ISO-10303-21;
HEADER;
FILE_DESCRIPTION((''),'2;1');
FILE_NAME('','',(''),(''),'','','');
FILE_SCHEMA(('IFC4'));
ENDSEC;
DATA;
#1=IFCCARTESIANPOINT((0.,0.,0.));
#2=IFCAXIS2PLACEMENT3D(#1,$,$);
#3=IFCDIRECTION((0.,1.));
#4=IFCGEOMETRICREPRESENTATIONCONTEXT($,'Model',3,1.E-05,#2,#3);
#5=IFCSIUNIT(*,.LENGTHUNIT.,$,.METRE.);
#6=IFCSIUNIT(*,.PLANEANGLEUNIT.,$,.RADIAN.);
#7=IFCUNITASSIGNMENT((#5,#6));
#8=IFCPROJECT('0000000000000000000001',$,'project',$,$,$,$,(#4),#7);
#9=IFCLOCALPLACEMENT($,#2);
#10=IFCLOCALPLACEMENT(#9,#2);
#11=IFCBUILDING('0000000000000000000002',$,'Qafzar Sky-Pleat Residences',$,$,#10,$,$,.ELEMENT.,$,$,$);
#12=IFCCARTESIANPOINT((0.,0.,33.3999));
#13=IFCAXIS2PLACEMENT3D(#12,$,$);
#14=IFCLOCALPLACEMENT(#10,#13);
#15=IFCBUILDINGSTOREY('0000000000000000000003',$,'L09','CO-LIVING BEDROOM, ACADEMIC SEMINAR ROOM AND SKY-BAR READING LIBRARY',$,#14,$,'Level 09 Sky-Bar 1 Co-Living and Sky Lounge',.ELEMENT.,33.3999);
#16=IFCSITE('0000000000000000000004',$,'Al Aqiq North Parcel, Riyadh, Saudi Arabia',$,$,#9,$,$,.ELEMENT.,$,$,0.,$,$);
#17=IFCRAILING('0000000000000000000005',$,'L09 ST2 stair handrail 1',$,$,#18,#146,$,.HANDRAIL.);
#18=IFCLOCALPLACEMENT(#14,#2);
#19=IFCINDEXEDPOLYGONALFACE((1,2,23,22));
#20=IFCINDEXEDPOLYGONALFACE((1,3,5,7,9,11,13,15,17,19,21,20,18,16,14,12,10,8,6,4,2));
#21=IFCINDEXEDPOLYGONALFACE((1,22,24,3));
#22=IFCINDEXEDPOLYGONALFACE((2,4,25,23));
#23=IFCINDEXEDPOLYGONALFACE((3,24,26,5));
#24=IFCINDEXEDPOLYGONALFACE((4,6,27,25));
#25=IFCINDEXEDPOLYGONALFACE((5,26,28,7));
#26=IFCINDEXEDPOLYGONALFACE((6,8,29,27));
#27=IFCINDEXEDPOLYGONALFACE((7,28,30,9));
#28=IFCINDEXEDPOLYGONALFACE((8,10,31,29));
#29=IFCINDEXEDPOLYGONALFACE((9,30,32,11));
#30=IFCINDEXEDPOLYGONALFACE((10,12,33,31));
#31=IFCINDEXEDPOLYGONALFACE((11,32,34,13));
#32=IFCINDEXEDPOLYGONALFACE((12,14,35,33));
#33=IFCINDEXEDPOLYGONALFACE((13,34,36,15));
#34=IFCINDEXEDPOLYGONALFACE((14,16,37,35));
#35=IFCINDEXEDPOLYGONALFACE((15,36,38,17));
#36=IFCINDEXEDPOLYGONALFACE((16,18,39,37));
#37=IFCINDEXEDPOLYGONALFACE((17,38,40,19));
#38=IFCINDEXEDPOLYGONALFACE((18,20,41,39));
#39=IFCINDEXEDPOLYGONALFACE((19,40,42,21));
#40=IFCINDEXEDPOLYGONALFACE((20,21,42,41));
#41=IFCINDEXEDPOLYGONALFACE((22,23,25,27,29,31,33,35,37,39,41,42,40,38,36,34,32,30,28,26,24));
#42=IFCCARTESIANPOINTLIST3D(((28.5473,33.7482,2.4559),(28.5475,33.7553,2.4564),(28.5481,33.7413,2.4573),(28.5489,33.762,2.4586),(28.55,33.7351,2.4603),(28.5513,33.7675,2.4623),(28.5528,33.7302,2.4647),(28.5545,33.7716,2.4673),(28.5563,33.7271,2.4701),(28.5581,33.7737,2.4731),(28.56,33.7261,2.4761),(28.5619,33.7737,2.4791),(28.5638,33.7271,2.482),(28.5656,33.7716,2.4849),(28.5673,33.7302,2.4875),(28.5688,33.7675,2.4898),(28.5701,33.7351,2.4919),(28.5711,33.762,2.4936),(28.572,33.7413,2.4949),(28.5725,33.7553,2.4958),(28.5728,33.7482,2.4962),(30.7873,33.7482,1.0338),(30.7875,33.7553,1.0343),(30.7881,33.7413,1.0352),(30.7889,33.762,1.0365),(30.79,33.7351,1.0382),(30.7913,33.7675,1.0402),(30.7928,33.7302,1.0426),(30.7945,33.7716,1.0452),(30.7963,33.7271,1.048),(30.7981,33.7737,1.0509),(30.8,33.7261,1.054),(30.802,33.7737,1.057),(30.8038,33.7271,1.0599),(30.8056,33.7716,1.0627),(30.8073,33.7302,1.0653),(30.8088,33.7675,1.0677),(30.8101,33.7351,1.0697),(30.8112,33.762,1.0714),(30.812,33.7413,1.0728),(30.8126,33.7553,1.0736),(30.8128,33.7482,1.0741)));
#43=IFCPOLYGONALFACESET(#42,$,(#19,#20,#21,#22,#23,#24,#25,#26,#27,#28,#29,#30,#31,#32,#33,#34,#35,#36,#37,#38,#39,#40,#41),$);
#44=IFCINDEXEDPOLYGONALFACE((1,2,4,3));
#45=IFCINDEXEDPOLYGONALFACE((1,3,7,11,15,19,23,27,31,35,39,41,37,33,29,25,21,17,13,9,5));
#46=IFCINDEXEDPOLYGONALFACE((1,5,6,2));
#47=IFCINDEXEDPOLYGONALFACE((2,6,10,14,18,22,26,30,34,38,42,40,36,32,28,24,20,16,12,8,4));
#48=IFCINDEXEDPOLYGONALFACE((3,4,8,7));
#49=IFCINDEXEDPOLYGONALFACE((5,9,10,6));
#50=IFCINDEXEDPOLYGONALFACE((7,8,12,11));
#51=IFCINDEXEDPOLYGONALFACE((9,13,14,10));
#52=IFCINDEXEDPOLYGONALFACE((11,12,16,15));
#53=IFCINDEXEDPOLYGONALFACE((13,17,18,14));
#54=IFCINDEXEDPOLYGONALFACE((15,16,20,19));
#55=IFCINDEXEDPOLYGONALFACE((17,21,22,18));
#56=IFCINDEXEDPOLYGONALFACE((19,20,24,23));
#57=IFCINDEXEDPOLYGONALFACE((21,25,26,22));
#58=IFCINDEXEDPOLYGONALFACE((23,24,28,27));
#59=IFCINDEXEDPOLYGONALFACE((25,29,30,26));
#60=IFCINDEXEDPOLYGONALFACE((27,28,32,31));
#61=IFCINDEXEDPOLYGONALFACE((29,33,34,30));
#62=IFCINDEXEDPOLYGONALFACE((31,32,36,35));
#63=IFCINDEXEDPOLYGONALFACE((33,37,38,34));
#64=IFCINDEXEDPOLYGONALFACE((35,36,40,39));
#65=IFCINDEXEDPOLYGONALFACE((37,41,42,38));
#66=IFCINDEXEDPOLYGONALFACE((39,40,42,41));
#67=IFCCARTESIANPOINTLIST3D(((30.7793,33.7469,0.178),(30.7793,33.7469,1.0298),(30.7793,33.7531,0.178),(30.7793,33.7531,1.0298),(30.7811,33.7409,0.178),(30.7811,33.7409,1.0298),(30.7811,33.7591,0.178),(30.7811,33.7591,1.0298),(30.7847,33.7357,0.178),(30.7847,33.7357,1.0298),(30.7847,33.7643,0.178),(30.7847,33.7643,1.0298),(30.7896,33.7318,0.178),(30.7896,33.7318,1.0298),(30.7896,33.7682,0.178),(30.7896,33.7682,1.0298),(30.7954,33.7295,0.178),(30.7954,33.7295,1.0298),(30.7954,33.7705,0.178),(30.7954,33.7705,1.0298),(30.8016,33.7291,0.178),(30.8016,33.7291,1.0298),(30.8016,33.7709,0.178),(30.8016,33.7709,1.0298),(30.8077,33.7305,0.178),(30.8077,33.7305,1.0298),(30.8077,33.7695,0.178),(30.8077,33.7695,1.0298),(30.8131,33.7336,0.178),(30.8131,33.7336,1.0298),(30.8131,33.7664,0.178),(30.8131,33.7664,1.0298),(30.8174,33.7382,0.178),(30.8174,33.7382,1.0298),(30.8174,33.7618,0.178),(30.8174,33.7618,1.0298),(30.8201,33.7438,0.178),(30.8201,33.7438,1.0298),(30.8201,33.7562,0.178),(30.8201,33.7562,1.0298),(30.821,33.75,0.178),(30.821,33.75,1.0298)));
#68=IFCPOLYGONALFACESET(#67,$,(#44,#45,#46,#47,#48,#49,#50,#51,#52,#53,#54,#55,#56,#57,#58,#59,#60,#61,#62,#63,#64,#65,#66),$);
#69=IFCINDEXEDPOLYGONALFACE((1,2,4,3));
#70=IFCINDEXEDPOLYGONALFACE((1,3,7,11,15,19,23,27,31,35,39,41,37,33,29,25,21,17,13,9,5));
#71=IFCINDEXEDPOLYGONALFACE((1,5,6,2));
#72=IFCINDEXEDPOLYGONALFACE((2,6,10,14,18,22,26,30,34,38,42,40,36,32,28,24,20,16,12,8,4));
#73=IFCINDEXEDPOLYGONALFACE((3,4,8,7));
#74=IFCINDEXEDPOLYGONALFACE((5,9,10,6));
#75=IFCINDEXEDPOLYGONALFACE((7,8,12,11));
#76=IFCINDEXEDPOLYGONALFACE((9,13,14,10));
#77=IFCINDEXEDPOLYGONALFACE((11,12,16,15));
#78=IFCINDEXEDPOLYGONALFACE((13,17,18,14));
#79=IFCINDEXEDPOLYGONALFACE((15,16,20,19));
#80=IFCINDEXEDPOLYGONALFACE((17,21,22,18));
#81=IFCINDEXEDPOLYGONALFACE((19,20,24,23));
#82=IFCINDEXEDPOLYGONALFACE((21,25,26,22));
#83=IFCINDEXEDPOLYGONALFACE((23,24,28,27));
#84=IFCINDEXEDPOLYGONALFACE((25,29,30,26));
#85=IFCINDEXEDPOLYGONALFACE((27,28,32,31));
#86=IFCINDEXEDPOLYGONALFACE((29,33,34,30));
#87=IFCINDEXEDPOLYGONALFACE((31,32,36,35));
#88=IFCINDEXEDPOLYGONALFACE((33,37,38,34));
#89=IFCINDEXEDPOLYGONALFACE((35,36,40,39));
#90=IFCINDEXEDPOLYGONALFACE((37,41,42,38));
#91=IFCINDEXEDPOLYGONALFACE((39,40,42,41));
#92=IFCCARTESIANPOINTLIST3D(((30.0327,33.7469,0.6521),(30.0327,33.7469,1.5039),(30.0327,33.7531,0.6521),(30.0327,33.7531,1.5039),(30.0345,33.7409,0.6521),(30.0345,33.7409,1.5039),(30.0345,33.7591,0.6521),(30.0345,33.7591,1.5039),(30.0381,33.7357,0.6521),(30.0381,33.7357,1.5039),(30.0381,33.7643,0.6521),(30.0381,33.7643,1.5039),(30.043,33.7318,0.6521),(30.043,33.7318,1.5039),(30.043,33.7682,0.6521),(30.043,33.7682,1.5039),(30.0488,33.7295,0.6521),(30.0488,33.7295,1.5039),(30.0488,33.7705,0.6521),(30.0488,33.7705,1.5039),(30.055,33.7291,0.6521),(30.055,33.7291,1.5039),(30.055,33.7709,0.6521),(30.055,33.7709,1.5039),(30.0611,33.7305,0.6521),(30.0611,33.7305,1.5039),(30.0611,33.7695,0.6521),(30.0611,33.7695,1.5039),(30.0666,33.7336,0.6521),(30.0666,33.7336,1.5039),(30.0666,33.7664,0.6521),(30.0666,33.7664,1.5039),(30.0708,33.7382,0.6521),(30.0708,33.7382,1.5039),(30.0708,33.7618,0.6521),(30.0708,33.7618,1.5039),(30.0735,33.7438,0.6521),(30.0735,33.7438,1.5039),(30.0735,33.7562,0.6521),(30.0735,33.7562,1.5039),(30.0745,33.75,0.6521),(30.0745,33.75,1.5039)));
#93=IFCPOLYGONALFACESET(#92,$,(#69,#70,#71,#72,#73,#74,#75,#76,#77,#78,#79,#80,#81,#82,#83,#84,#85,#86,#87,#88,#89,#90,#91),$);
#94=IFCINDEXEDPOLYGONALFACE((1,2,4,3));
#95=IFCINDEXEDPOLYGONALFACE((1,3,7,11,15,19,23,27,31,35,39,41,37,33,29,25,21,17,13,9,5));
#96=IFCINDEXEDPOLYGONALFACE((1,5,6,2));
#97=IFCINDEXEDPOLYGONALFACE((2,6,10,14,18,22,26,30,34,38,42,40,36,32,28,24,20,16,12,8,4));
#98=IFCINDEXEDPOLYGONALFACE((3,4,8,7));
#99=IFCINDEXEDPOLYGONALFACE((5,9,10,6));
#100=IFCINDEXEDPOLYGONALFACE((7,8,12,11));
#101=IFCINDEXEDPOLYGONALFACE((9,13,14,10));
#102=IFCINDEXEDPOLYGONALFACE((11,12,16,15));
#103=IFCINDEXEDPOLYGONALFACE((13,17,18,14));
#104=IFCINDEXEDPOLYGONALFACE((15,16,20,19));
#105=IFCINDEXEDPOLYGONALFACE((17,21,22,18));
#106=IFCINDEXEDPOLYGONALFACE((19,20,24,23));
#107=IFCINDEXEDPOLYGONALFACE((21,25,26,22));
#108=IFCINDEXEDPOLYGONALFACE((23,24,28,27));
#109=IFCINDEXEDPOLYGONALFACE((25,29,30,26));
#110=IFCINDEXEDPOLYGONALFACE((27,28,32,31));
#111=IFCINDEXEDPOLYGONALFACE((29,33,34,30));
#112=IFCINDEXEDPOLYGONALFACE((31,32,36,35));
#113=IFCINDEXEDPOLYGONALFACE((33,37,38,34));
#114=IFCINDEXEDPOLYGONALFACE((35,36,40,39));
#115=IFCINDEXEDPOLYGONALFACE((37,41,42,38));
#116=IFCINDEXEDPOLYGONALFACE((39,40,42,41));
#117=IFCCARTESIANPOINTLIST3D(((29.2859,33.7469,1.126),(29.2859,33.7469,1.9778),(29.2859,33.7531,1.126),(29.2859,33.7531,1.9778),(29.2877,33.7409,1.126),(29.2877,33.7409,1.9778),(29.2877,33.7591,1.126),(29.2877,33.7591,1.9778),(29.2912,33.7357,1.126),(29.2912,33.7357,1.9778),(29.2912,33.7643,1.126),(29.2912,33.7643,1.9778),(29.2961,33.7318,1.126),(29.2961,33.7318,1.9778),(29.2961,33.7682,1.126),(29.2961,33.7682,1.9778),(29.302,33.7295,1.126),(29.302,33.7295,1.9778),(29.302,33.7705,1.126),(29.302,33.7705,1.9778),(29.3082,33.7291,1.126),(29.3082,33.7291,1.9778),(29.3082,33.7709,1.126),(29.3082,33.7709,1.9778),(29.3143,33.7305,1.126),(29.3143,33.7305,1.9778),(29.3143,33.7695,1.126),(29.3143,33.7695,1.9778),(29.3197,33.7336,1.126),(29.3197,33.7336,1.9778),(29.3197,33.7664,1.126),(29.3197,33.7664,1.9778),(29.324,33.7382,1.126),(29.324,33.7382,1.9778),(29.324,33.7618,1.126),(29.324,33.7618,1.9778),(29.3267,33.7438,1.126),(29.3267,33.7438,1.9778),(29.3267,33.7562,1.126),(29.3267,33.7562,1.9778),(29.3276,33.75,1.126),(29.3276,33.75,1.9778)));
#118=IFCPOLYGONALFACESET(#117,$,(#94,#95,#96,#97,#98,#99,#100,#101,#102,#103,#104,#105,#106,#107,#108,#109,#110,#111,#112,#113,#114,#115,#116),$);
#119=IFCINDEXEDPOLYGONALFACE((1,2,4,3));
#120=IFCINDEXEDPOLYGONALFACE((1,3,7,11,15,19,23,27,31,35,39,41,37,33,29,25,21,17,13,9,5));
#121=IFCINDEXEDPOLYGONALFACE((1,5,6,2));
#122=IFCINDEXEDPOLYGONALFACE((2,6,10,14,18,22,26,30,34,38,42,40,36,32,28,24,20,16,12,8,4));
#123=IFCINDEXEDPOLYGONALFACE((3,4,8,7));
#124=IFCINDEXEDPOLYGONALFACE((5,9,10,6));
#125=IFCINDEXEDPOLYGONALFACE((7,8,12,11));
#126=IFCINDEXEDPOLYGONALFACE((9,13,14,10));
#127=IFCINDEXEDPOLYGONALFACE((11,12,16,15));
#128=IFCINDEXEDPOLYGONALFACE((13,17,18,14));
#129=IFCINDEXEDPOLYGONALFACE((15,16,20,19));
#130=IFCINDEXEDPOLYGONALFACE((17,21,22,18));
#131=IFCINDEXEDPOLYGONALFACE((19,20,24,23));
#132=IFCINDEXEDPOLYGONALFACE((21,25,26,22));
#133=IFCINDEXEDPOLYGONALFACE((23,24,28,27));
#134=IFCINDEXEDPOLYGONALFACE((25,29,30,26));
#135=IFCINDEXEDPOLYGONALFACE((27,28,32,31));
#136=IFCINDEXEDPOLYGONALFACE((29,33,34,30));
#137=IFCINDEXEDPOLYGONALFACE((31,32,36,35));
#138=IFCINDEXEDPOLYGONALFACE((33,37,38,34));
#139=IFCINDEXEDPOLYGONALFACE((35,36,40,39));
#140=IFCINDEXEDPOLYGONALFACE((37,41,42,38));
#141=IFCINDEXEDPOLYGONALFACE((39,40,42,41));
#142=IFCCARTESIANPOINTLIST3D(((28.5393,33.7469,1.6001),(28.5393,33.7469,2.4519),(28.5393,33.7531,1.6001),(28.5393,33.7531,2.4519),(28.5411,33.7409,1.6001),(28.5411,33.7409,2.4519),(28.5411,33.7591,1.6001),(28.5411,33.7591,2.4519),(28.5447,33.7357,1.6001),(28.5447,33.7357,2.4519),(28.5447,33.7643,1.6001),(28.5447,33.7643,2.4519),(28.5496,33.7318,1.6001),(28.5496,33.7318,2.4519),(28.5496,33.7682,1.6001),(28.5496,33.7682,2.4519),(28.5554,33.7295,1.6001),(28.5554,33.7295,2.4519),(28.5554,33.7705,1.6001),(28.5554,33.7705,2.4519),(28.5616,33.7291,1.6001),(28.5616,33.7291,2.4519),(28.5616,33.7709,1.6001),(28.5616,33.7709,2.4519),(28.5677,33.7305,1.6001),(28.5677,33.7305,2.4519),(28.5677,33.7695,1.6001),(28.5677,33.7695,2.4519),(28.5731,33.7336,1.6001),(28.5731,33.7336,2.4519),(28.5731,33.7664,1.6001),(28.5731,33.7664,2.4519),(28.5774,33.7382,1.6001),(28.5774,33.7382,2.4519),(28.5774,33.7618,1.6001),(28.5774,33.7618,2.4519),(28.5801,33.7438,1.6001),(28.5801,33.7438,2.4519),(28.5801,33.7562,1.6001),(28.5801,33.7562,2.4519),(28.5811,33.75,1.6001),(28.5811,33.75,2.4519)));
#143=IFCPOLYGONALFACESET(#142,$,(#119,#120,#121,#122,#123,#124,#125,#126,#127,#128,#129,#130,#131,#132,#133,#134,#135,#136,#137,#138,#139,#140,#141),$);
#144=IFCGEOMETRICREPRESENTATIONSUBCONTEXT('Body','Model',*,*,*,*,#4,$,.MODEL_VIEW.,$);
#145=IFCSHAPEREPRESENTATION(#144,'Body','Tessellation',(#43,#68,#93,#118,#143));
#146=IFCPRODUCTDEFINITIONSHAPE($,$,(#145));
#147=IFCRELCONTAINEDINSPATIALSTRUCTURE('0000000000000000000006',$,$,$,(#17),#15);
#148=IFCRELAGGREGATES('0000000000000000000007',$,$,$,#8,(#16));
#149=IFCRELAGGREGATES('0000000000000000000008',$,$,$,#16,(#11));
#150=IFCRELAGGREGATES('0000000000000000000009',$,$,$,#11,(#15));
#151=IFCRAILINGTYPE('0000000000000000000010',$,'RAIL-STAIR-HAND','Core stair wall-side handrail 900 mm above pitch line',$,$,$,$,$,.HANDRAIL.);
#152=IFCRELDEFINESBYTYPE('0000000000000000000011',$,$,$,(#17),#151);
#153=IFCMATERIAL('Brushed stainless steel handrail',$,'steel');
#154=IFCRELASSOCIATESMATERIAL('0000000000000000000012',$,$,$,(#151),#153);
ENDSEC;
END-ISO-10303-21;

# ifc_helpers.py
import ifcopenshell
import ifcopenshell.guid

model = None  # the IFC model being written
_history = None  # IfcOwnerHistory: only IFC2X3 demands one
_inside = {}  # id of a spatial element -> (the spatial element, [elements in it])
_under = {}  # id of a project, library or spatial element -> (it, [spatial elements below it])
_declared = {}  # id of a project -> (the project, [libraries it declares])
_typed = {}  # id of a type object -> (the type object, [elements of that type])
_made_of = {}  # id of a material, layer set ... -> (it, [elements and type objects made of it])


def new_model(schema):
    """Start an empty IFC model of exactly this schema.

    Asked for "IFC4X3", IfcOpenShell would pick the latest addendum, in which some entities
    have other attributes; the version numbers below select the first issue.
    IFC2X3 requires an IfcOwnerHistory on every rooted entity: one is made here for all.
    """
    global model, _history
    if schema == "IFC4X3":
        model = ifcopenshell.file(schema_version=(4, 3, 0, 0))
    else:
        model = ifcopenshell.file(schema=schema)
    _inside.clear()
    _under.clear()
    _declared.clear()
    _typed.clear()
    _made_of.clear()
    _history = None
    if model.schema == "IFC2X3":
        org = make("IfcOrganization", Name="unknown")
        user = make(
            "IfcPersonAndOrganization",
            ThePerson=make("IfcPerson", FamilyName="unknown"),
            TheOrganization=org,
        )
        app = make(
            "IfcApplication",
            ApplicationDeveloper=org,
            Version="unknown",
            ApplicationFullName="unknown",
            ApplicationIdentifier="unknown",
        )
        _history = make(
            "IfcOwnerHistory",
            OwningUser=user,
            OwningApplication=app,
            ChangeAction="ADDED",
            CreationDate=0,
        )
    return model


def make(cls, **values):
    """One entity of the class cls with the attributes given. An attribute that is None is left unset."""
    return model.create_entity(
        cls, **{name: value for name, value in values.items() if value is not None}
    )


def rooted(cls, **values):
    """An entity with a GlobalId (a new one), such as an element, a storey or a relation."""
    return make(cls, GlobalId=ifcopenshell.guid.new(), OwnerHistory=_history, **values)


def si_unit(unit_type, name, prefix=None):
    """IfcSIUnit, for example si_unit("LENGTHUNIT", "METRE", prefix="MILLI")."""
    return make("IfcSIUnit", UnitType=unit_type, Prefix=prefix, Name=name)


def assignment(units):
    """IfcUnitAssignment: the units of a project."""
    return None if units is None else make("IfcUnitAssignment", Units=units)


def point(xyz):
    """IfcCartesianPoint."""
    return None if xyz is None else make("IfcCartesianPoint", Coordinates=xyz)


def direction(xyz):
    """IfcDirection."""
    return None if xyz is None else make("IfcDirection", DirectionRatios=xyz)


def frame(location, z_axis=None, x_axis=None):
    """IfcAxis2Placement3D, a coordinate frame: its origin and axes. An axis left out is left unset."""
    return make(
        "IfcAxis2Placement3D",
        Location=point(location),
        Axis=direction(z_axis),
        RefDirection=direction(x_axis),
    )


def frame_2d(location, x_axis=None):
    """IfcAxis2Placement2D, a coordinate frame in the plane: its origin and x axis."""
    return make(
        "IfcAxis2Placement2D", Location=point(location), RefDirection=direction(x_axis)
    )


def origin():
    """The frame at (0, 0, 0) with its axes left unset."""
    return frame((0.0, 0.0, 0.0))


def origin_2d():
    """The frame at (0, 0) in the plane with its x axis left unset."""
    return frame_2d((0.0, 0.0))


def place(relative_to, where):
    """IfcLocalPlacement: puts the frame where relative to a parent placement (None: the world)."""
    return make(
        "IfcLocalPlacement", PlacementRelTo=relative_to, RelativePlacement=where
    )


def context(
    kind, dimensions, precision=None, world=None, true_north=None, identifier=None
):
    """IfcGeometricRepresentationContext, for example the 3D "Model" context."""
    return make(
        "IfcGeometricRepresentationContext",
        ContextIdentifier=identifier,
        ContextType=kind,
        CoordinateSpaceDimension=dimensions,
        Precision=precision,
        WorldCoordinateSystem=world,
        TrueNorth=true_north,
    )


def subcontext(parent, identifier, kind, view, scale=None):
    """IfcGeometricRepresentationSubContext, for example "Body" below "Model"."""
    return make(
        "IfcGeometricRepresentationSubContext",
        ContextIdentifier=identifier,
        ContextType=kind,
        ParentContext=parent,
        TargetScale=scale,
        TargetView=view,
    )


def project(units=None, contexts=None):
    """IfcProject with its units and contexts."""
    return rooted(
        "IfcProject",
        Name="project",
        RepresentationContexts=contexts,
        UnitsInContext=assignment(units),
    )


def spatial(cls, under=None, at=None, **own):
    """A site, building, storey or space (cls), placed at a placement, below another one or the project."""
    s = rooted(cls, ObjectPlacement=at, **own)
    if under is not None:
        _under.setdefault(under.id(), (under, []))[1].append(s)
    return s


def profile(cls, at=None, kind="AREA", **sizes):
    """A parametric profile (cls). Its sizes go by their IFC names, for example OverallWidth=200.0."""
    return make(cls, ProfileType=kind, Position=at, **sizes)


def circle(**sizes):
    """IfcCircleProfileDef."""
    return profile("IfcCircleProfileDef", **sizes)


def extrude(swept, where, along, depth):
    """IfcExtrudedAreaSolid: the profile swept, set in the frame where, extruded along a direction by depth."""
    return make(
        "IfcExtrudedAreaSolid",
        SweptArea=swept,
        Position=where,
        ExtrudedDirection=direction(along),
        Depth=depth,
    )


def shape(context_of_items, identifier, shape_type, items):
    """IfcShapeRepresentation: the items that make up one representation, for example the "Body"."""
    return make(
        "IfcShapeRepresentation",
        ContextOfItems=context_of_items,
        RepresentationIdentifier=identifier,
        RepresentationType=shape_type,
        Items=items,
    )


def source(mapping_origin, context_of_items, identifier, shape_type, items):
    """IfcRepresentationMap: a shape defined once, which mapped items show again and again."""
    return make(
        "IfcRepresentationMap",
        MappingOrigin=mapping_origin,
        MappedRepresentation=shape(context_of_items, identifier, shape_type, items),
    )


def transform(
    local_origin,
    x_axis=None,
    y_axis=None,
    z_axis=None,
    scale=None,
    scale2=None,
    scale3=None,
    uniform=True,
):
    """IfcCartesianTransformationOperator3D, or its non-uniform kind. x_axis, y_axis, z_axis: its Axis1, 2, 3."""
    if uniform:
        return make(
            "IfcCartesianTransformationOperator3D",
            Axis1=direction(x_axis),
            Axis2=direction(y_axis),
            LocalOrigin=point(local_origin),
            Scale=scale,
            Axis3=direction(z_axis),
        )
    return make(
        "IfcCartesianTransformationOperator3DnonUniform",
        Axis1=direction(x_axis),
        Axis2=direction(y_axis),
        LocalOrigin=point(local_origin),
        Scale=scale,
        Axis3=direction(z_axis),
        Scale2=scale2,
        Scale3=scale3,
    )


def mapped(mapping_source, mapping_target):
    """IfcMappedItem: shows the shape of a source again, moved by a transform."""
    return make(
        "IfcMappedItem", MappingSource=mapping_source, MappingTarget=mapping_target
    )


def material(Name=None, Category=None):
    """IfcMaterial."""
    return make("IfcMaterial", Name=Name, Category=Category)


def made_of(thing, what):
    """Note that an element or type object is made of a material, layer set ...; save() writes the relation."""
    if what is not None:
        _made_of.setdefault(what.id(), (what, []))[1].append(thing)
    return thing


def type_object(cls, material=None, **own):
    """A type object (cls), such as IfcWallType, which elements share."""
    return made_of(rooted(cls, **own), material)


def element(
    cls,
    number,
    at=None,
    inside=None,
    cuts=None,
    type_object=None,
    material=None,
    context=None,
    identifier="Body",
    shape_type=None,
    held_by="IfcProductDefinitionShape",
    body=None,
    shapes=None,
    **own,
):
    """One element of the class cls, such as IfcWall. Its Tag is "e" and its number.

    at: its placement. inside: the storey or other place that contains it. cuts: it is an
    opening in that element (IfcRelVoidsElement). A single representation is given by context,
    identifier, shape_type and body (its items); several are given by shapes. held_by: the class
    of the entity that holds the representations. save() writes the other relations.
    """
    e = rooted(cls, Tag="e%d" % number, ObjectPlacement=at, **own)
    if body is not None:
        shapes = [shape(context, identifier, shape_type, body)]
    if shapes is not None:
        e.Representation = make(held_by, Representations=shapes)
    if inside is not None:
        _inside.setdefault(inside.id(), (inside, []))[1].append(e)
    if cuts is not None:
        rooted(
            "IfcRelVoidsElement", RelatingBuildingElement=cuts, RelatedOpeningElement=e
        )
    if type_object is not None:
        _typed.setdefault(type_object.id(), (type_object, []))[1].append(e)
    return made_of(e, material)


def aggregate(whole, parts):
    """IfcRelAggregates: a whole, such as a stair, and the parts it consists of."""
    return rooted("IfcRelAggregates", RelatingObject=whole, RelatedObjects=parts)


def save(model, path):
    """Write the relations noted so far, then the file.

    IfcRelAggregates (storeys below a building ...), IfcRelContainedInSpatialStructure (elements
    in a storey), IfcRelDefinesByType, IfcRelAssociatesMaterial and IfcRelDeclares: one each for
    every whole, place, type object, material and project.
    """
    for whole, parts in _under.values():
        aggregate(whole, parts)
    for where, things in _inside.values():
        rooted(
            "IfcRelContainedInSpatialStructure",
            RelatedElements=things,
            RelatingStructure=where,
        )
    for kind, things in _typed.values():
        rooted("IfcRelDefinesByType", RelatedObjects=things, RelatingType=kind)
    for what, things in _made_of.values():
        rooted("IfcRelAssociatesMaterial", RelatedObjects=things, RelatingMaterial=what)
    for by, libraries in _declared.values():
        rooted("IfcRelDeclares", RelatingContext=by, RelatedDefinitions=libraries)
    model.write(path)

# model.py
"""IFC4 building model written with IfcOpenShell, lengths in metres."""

from ifc_helpers import new_model, si_unit, direction, frame, origin, origin_2d, place, context, subcontext, project, spatial, circle, extrude, source, transform, mapped, material, type_object, element, save


model = new_model("IFC4")

# Units and contexts
model_context = context("Model", 3, precision=1e-05, world=origin(), true_north=direction((0.0, 1.0)))
body_context = subcontext(model_context, "Body", "Model", "MODEL_VIEW")
ifc_project = project(units=[si_unit("LENGTHUNIT", "METRE"), si_unit("PLANEANGLEUNIT", "RADIAN")], contexts=[model_context])

# Site, building, storey
site_placement = place(None, origin())
site = spatial("IfcSite", under=ifc_project, at=site_placement, Name="Al Aqiq North Parcel, Riyadh, Saudi Arabia", CompositionType="ELEMENT", RefElevation=0.0)
building_placement = place(site_placement, origin())
building = spatial("IfcBuilding", under=site, at=building_placement, Name="Qafzar Sky-Pleat Residences", CompositionType="ELEMENT")
storey_placement = place(building_placement, frame((0.0, 0.0, 33.3999)))
storey = spatial("IfcBuildingStorey", under=building, at=storey_placement, Name="L09", Description="CO-LIVING BEDROOM, ACADEMIC SEMINAR ROOM AND SKY-BAR READING LIBRARY", LongName="Level 09 Sky-Bar 1 Co-Living and Sky Lounge", CompositionType="ELEMENT", Elevation=33.3999)

# Railing
ifc_material_1 = material(Name="Brushed stainless steel handrail", Category="steel")
railing_type_1 = type_object("IfcRailingType", Name="RAIL-STAIR-HAND", Description="Core stair wall-side handrail 900 mm above pitch line", PredefinedType="HANDRAIL", material=ifc_material_1)
shared_shape_1 = source(origin(), body_context, "Body", "SweptSolid", [
    extrude(circle(Radius=0.0239, at=origin_2d()), frame((0.0, 0.0, 0.876), z_axis=(-0.844229, 0.0, 0.535982), x_axis=(0.0, -1.0, 0.0)), (0.0, 0.0, 1.0), 2.6533),
    extrude(circle(Radius=0.021, at=origin_2d()), origin(), (0.0, 0.0, 1.0), 0.8518),
    extrude(circle(Radius=0.021, at=origin_2d()), frame((-0.7466, 0.0, 0.4741)), (0.0, 0.0, 1.0), 0.8518),
    extrude(circle(Radius=0.021, at=origin_2d()), frame((-1.4934, 0.0, 0.948)), (0.0, 0.0, 1.0), 0.8518),
    extrude(circle(Radius=0.021, at=origin_2d()), frame((-2.24, 0.0, 1.4221)), (0.0, 0.0, 1.0), 0.8518),
])
railing_1_placement = place(storey_placement, frame((30.8, 33.75, 0.178)))
element("IfcRailing", 1, at=railing_1_placement, inside=storey, type_object=railing_type_1, Name="L09 ST2 stair handrail 1", PredefinedType="HANDRAIL", context=body_context, shape_type="MappedRepresentation", body=[
    mapped(shared_shape_1, transform((0.0, 0.0, 0.0), x_axis=(1.0, 0.0, 0.0), y_axis=(0.0, 1.0, 0.0), z_axis=(0.0, 0.0, 1.0), scale=1.0)),
])

save(model, "model.ifc")
